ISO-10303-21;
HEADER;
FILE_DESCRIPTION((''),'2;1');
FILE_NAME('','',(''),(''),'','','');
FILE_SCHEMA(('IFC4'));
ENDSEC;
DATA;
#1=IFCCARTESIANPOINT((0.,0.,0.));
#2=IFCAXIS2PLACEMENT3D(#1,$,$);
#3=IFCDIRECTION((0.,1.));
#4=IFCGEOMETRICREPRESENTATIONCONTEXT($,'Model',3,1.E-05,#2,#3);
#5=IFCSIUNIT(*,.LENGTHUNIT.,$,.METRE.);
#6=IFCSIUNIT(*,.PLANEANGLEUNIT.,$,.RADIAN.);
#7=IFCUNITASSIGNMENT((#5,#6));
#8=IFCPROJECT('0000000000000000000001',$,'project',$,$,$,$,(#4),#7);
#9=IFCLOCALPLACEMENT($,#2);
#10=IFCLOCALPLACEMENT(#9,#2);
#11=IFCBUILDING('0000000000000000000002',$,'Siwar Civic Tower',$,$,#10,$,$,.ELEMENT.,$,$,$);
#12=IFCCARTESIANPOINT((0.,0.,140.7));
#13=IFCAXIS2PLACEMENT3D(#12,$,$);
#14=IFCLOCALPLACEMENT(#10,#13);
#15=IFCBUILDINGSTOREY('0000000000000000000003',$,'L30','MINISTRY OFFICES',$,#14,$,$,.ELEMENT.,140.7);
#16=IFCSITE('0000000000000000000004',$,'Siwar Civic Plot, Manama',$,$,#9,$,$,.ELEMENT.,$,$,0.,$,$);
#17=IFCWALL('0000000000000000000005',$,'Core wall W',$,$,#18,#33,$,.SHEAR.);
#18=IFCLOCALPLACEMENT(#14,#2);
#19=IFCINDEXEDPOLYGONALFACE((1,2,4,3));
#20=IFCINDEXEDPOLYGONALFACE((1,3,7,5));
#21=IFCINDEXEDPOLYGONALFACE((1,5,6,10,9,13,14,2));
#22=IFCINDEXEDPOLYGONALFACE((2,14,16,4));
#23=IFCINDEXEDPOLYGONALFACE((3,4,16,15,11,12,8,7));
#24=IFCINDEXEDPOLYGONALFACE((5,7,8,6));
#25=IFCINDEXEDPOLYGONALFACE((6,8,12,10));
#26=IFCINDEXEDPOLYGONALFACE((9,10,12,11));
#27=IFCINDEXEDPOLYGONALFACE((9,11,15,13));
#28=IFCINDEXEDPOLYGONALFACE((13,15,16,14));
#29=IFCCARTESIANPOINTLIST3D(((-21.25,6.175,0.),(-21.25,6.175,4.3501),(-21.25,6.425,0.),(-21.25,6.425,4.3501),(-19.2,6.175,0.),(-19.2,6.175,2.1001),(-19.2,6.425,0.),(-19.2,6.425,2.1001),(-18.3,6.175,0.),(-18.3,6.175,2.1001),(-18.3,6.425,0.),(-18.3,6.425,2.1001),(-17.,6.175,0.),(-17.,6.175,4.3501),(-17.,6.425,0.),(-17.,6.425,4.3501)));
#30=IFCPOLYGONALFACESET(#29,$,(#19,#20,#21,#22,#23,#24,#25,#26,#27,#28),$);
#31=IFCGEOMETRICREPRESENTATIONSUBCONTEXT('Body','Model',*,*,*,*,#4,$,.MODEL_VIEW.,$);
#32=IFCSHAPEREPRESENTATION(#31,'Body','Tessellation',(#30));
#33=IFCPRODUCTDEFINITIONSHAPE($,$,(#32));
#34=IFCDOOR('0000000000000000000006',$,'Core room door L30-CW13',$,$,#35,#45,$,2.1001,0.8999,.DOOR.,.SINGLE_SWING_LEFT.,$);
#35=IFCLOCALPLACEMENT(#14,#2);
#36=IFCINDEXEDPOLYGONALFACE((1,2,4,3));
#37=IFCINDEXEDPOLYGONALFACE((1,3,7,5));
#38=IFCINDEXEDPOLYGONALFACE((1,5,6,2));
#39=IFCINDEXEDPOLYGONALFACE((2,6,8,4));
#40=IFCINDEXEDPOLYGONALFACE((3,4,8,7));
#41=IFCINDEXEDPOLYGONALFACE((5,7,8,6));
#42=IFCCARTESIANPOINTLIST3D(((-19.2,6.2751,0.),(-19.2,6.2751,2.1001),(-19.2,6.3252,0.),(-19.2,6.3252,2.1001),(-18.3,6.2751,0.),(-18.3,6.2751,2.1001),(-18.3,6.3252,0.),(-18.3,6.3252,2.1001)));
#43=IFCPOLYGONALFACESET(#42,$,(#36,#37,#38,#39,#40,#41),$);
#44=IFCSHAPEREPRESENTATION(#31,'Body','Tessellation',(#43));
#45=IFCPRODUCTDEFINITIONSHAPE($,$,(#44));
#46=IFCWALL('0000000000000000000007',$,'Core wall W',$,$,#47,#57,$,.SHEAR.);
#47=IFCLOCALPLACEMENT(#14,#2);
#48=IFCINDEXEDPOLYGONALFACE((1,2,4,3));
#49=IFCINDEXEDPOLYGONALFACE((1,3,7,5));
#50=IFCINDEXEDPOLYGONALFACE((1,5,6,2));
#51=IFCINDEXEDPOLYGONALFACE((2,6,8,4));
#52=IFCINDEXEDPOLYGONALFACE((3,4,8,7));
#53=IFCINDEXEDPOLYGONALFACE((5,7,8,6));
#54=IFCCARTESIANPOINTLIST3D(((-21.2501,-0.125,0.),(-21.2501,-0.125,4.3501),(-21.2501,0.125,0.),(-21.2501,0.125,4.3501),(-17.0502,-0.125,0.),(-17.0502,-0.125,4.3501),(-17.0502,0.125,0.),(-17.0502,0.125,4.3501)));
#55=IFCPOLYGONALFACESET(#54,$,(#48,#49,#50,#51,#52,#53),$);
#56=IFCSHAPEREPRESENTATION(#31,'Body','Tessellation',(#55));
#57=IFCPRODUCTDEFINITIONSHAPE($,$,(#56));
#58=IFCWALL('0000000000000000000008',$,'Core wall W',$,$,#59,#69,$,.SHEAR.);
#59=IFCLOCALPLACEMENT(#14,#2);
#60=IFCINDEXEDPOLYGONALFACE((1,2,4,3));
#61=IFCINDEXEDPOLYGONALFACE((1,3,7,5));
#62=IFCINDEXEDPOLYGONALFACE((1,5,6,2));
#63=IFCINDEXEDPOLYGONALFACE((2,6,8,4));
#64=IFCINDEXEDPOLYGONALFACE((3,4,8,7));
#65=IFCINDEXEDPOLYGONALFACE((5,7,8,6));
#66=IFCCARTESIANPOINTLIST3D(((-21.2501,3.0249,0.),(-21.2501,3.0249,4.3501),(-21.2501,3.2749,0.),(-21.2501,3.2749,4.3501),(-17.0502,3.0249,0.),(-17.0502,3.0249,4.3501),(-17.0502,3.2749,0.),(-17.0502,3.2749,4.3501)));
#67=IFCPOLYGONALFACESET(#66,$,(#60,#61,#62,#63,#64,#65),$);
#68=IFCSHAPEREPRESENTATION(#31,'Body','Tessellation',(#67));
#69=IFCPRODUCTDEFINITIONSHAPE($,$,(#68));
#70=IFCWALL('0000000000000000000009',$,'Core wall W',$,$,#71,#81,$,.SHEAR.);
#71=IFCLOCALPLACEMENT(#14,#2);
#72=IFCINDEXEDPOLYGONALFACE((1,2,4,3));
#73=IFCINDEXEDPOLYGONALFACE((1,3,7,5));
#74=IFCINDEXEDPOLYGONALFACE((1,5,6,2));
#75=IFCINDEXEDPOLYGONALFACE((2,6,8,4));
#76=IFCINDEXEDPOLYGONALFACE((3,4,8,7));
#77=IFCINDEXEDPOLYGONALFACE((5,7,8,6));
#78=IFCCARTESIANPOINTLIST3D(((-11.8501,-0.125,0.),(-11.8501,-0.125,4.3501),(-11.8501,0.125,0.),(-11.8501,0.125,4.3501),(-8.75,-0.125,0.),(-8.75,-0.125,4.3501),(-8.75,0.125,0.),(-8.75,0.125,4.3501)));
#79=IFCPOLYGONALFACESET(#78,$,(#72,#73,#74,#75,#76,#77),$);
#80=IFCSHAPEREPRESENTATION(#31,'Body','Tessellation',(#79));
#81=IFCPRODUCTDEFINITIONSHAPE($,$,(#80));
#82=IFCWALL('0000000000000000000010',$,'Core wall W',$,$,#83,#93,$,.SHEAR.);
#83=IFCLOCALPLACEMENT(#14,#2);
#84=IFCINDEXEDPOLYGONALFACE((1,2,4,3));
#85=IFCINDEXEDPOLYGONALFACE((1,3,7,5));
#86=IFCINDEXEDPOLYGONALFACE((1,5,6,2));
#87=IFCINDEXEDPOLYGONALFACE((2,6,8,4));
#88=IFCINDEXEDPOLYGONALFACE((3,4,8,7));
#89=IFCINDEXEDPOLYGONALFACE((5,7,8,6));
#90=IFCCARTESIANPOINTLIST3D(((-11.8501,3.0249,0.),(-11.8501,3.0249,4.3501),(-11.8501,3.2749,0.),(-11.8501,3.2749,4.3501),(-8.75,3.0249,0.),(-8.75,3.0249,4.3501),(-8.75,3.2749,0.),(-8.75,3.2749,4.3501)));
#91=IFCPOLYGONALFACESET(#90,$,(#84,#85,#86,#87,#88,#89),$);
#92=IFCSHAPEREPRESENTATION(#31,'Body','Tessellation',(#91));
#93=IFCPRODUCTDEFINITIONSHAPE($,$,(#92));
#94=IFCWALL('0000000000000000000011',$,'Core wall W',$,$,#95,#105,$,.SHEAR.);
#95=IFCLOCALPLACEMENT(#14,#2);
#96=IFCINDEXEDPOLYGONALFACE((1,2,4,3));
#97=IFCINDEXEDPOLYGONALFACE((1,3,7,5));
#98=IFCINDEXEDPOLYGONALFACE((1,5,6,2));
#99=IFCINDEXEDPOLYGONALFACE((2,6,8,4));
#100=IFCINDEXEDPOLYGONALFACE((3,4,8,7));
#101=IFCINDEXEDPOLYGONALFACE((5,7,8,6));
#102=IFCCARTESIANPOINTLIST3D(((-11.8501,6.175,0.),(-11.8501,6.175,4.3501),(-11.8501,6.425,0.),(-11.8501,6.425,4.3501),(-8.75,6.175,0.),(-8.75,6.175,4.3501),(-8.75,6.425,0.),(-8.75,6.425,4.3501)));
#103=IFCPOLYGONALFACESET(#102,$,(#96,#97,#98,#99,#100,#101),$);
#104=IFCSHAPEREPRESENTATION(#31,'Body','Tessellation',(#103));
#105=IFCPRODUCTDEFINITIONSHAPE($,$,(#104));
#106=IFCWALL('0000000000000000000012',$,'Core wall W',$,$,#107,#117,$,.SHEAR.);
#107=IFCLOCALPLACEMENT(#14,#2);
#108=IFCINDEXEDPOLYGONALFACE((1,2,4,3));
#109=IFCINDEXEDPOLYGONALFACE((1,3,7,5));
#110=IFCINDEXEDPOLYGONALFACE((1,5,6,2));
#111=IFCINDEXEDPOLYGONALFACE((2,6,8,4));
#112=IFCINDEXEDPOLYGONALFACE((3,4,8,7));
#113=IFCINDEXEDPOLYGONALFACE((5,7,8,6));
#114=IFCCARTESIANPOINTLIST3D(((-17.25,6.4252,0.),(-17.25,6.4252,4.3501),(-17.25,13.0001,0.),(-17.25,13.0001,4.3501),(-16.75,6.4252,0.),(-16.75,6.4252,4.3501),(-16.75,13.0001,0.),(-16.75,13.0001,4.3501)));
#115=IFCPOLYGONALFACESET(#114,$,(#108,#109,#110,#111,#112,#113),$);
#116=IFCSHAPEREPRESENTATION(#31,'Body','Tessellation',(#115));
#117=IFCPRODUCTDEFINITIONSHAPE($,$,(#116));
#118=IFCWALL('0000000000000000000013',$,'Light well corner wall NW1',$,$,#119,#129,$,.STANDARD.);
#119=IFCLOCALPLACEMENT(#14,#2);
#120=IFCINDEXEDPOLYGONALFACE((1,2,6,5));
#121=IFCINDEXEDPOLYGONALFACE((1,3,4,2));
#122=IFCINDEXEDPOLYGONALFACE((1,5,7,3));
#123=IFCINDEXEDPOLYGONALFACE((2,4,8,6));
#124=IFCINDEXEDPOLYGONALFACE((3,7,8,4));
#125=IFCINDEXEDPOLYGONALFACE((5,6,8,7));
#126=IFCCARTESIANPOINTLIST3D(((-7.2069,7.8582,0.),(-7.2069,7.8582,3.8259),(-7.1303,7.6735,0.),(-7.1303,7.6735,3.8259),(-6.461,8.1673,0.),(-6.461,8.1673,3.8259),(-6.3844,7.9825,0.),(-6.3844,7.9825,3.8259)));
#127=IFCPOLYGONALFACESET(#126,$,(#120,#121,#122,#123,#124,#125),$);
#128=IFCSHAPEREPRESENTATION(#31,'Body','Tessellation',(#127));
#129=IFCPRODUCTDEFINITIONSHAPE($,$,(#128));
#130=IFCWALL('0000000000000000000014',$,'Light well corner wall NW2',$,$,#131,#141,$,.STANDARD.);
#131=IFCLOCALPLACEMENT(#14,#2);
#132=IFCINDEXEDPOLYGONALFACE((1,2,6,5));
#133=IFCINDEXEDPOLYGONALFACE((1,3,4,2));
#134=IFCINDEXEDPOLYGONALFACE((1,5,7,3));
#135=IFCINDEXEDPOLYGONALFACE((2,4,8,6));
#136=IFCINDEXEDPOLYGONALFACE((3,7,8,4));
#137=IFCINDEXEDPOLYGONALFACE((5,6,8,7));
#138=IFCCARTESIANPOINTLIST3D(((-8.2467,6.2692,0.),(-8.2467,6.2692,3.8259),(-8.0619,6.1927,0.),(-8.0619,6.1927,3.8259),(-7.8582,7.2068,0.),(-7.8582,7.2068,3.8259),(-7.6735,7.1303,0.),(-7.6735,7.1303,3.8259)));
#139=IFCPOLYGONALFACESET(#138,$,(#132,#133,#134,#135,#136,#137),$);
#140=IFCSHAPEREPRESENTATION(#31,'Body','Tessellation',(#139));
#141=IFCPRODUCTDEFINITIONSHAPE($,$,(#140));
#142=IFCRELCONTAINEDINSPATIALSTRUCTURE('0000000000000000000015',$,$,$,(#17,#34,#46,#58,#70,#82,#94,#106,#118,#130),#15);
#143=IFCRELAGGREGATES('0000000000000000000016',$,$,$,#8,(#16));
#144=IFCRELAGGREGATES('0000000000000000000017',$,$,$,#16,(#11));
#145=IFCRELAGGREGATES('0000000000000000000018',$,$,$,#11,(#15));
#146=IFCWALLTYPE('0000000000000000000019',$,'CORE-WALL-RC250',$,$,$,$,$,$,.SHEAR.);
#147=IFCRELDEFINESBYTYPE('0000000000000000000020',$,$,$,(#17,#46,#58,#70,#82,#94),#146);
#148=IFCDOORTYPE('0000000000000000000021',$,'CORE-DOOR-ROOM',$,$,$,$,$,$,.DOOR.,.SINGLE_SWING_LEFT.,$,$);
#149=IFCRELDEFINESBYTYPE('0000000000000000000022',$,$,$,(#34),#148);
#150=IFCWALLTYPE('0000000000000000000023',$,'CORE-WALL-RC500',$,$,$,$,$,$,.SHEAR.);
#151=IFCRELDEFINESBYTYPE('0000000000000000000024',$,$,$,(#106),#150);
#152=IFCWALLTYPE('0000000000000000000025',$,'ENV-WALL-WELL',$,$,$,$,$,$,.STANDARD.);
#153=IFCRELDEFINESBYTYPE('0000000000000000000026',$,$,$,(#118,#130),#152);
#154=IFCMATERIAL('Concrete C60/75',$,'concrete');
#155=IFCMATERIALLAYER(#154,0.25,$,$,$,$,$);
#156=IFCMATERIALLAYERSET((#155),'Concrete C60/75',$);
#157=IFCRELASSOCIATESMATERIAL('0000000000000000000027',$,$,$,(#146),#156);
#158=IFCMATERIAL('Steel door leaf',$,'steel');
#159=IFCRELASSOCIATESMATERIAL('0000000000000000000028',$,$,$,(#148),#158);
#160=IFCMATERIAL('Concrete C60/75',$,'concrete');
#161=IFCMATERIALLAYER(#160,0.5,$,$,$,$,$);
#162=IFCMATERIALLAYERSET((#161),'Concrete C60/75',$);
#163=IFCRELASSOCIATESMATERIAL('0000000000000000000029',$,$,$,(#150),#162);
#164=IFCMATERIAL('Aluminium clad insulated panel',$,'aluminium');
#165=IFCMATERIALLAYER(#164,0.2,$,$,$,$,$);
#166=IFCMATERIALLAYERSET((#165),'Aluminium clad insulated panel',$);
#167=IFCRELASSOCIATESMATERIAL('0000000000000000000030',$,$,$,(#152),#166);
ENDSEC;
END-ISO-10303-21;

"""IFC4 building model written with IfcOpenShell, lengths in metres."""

from ifc_helpers import new_model, si_unit, direction, frame, frame_2d, origin, place, context, subcontext, project, spatial, rectangle, extrude, material, layer, layer_set, type_object, element, fill, save


model = new_model("IFC4")

# Units and contexts
model_context = context("Model", 3, precision=1e-05, world=origin(), true_north=direction((0.0, 1.0)))
body_context = subcontext(model_context, "Body", "Model", "MODEL_VIEW")
ifc_project = project(units=[si_unit("LENGTHUNIT", "METRE"), si_unit("PLANEANGLEUNIT", "RADIAN")], contexts=[model_context])

# Site, building, storey
site_placement = place(None, origin())
site = spatial("IfcSite", under=ifc_project, at=site_placement, Name="Siwar Civic Plot, Manama", CompositionType="ELEMENT", RefElevation=0.0)
building_placement = place(site_placement, origin())
building = spatial("IfcBuilding", under=site, at=building_placement, Name="Siwar Civic Tower", CompositionType="ELEMENT")
storey_placement = place(building_placement, frame((0.0, 0.0, 140.7)))
storey = spatial("IfcBuildingStorey", under=building, at=storey_placement, Name="L30", Description="MINISTRY OFFICES", CompositionType="ELEMENT", Elevation=140.7)

# Shared definitions
ifc_material_1 = material(Name="Concrete C60/75", Category="concrete")
ifc_layer_1 = layer(ifc_material_1, 0.25)
ifc_layer_set_1 = layer_set([ifc_layer_1], Name="Concrete C60/75")
wall_type_1 = type_object("IfcWallType", Name="CORE-WALL-RC250", PredefinedType="SHEAR", material=ifc_layer_set_1)

# Wall, opening, door
wall_1_placement = place(storey_placement, frame((-17.0, 6.3, 0.0), z_axis=(0.0, 0.0, 1.0), x_axis=(-1.0, 0.0, 0.0)))
wall_1 = element("IfcWall", 1, at=wall_1_placement, inside=storey, type_object=wall_type_1, Name="Core wall W", PredefinedType="SHEAR", context=body_context, shape_type="SweptSolid", body=[
    extrude(rectangle(XDim=4.25, YDim=0.25, at=frame_2d((2.125, 0.0))), origin(), (0.0, 0.0, 1.0), 4.3501),
])
opening_1_placement = place(wall_1_placement, frame((1.3, 0.0, 0.0)))
opening_1 = element("IfcOpeningElement", 2, at=opening_1_placement, cuts=wall_1, PredefinedType="OPENING", context=body_context, shape_type="SweptSolid", body=[
    extrude(rectangle(XDim=0.8999, YDim=2.1001, at=frame_2d((0.45, 1.05))), frame((0.0, 0.135, 0.0), z_axis=(0.0, -1.0, 0.0), x_axis=(1.0, 0.0, 0.0)), (0.0, 0.0, 1.0), 0.27),
])
ifc_material_2 = material(Name="Steel door leaf", Category="steel")
door_type_1 = type_object("IfcDoorType", Name="CORE-DOOR-ROOM", OperationType="SINGLE_SWING_LEFT", PredefinedType="DOOR", material=ifc_material_2)
door_1_placement = place(opening_1_placement, origin())
door_1 = element("IfcDoor", 3, at=door_1_placement, inside=storey, type_object=door_type_1, Name="Core room door L30-CW13", OperationType="SINGLE_SWING_LEFT", OverallHeight=2.1001, OverallWidth=0.8999, PredefinedType="DOOR", context=body_context, shape_type="SweptSolid", body=[
    extrude(rectangle(XDim=0.8999, YDim=2.1001, at=frame_2d((0.45, 1.05))), frame((0.0, 0.0249, 0.0), z_axis=(0.0, -1.0, 0.0), x_axis=(1.0, 0.0, 0.0)), (0.0, 0.0, 1.0), 0.05),
])
fill(opening_1, door_1)

# Walls
for number, where, z_axis, x_axis, name in (
    (4, (-17.05, 0.0, 0.0), (0.0, 0.0, 1.0), (-1.0, 0.0, 0.0), "Core wall W"),
    (5, (-17.05, 3.1499, 0.0), (0.0, 0.0, 1.0), (-1.0, 0.0, 0.0), "Core wall W"),
):
    element("IfcWall", number, at=place(storey_placement, frame(where, z_axis=z_axis, x_axis=x_axis)), inside=storey, type_object=wall_type_1, Name=name, PredefinedType="SHEAR", context=body_context, shape_type="SweptSolid", body=[
        extrude(rectangle(XDim=4.2, YDim=0.25, at=frame_2d((2.1001, 0.0))), origin(), (0.0, 0.0, 1.0), 4.3501),
    ])
for number, where, z_axis, x_axis, name in (
    (6, (-8.75, 0.0, 0.0), (0.0, 0.0, 1.0), (-1.0, 0.0, 0.0), "Core wall W"),
    (7, (-8.75, 3.1499, 0.0), (0.0, 0.0, 1.0), (-1.0, 0.0, 0.0), "Core wall W"),
    (8, (-8.75, 6.3, 0.0), (0.0, 0.0, 1.0), (-1.0, 0.0, 0.0), "Core wall W"),
):
    element("IfcWall", number, at=place(storey_placement, frame(where, z_axis=z_axis, x_axis=x_axis)), inside=storey, type_object=wall_type_1, Name=name, PredefinedType="SHEAR", context=body_context, shape_type="SweptSolid", body=[
        extrude(rectangle(XDim=3.1001, YDim=0.25, at=frame_2d((1.55, 0.0))), origin(), (0.0, 0.0, 1.0), 4.3501),
    ])
ifc_material_3 = material(Name="Concrete C60/75", Category="concrete")
ifc_layer_2 = layer(ifc_material_3, 0.5)
ifc_layer_set_2 = layer_set([ifc_layer_2], Name="Concrete C60/75")
wall_type_2 = type_object("IfcWallType", Name="CORE-WALL-RC500", PredefinedType="SHEAR", material=ifc_layer_set_2)
wall_2_placement = place(storey_placement, frame((-17.0, 6.425, 0.0), z_axis=(0.0, 0.0, 1.0), x_axis=(0.0, 1.0, 0.0)))
element("IfcWall", 9, at=wall_2_placement, inside=storey, type_object=wall_type_2, Name="Core wall W", PredefinedType="SHEAR", context=body_context, shape_type="SweptSolid", body=[
    extrude(rectangle(XDim=6.575, YDim=0.5, at=frame_2d((3.2876, 0.0))), origin(), (0.0, 0.0, 1.0), 4.3501),
])
ifc_material_4 = material(Name="Aluminium clad insulated panel", Category="aluminium")
ifc_layer_3 = layer(ifc_material_4, 0.2)
ifc_layer_set_3 = layer_set([ifc_layer_3], Name="Aluminium clad insulated panel")
wall_type_3 = type_object("IfcWallType", Name="ENV-WALL-WELL", PredefinedType="STANDARD", material=ifc_layer_set_3)
wall_3_placement = place(storey_placement, frame((-6.4226, 8.075, 0.0), z_axis=(0.0, 0.0, 1.0), x_axis=(-0.923818, -0.382833, 0.0)))
element("IfcWall", 10, at=wall_3_placement, inside=storey, type_object=wall_type_3, Name="Light well corner wall NW1", PredefinedType="STANDARD", context=body_context, shape_type="SweptSolid", body=[
    extrude(rectangle(XDim=0.8074, YDim=0.2, at=frame_2d((0.4038, 0.0))), origin(), (0.0, 0.0, 1.0), 3.8259),
])
wall_4_placement = place(storey_placement, frame((-7.7659, 7.1685, 0.0), z_axis=(0.0, 0.0, 1.0), x_axis=(-0.38277, -0.923844, 0.0)))
element("IfcWall", 11, at=wall_4_placement, inside=storey, type_object=wall_type_3, Name="Light well corner wall NW2", PredefinedType="STANDARD", context=body_context, shape_type="SweptSolid", body=[
    extrude(rectangle(XDim=1.0149, YDim=0.2, at=frame_2d((0.5073, 0.0))), origin(), (0.0, 0.0, 1.0), 3.8259),
])

save(model, "model.ifc")
